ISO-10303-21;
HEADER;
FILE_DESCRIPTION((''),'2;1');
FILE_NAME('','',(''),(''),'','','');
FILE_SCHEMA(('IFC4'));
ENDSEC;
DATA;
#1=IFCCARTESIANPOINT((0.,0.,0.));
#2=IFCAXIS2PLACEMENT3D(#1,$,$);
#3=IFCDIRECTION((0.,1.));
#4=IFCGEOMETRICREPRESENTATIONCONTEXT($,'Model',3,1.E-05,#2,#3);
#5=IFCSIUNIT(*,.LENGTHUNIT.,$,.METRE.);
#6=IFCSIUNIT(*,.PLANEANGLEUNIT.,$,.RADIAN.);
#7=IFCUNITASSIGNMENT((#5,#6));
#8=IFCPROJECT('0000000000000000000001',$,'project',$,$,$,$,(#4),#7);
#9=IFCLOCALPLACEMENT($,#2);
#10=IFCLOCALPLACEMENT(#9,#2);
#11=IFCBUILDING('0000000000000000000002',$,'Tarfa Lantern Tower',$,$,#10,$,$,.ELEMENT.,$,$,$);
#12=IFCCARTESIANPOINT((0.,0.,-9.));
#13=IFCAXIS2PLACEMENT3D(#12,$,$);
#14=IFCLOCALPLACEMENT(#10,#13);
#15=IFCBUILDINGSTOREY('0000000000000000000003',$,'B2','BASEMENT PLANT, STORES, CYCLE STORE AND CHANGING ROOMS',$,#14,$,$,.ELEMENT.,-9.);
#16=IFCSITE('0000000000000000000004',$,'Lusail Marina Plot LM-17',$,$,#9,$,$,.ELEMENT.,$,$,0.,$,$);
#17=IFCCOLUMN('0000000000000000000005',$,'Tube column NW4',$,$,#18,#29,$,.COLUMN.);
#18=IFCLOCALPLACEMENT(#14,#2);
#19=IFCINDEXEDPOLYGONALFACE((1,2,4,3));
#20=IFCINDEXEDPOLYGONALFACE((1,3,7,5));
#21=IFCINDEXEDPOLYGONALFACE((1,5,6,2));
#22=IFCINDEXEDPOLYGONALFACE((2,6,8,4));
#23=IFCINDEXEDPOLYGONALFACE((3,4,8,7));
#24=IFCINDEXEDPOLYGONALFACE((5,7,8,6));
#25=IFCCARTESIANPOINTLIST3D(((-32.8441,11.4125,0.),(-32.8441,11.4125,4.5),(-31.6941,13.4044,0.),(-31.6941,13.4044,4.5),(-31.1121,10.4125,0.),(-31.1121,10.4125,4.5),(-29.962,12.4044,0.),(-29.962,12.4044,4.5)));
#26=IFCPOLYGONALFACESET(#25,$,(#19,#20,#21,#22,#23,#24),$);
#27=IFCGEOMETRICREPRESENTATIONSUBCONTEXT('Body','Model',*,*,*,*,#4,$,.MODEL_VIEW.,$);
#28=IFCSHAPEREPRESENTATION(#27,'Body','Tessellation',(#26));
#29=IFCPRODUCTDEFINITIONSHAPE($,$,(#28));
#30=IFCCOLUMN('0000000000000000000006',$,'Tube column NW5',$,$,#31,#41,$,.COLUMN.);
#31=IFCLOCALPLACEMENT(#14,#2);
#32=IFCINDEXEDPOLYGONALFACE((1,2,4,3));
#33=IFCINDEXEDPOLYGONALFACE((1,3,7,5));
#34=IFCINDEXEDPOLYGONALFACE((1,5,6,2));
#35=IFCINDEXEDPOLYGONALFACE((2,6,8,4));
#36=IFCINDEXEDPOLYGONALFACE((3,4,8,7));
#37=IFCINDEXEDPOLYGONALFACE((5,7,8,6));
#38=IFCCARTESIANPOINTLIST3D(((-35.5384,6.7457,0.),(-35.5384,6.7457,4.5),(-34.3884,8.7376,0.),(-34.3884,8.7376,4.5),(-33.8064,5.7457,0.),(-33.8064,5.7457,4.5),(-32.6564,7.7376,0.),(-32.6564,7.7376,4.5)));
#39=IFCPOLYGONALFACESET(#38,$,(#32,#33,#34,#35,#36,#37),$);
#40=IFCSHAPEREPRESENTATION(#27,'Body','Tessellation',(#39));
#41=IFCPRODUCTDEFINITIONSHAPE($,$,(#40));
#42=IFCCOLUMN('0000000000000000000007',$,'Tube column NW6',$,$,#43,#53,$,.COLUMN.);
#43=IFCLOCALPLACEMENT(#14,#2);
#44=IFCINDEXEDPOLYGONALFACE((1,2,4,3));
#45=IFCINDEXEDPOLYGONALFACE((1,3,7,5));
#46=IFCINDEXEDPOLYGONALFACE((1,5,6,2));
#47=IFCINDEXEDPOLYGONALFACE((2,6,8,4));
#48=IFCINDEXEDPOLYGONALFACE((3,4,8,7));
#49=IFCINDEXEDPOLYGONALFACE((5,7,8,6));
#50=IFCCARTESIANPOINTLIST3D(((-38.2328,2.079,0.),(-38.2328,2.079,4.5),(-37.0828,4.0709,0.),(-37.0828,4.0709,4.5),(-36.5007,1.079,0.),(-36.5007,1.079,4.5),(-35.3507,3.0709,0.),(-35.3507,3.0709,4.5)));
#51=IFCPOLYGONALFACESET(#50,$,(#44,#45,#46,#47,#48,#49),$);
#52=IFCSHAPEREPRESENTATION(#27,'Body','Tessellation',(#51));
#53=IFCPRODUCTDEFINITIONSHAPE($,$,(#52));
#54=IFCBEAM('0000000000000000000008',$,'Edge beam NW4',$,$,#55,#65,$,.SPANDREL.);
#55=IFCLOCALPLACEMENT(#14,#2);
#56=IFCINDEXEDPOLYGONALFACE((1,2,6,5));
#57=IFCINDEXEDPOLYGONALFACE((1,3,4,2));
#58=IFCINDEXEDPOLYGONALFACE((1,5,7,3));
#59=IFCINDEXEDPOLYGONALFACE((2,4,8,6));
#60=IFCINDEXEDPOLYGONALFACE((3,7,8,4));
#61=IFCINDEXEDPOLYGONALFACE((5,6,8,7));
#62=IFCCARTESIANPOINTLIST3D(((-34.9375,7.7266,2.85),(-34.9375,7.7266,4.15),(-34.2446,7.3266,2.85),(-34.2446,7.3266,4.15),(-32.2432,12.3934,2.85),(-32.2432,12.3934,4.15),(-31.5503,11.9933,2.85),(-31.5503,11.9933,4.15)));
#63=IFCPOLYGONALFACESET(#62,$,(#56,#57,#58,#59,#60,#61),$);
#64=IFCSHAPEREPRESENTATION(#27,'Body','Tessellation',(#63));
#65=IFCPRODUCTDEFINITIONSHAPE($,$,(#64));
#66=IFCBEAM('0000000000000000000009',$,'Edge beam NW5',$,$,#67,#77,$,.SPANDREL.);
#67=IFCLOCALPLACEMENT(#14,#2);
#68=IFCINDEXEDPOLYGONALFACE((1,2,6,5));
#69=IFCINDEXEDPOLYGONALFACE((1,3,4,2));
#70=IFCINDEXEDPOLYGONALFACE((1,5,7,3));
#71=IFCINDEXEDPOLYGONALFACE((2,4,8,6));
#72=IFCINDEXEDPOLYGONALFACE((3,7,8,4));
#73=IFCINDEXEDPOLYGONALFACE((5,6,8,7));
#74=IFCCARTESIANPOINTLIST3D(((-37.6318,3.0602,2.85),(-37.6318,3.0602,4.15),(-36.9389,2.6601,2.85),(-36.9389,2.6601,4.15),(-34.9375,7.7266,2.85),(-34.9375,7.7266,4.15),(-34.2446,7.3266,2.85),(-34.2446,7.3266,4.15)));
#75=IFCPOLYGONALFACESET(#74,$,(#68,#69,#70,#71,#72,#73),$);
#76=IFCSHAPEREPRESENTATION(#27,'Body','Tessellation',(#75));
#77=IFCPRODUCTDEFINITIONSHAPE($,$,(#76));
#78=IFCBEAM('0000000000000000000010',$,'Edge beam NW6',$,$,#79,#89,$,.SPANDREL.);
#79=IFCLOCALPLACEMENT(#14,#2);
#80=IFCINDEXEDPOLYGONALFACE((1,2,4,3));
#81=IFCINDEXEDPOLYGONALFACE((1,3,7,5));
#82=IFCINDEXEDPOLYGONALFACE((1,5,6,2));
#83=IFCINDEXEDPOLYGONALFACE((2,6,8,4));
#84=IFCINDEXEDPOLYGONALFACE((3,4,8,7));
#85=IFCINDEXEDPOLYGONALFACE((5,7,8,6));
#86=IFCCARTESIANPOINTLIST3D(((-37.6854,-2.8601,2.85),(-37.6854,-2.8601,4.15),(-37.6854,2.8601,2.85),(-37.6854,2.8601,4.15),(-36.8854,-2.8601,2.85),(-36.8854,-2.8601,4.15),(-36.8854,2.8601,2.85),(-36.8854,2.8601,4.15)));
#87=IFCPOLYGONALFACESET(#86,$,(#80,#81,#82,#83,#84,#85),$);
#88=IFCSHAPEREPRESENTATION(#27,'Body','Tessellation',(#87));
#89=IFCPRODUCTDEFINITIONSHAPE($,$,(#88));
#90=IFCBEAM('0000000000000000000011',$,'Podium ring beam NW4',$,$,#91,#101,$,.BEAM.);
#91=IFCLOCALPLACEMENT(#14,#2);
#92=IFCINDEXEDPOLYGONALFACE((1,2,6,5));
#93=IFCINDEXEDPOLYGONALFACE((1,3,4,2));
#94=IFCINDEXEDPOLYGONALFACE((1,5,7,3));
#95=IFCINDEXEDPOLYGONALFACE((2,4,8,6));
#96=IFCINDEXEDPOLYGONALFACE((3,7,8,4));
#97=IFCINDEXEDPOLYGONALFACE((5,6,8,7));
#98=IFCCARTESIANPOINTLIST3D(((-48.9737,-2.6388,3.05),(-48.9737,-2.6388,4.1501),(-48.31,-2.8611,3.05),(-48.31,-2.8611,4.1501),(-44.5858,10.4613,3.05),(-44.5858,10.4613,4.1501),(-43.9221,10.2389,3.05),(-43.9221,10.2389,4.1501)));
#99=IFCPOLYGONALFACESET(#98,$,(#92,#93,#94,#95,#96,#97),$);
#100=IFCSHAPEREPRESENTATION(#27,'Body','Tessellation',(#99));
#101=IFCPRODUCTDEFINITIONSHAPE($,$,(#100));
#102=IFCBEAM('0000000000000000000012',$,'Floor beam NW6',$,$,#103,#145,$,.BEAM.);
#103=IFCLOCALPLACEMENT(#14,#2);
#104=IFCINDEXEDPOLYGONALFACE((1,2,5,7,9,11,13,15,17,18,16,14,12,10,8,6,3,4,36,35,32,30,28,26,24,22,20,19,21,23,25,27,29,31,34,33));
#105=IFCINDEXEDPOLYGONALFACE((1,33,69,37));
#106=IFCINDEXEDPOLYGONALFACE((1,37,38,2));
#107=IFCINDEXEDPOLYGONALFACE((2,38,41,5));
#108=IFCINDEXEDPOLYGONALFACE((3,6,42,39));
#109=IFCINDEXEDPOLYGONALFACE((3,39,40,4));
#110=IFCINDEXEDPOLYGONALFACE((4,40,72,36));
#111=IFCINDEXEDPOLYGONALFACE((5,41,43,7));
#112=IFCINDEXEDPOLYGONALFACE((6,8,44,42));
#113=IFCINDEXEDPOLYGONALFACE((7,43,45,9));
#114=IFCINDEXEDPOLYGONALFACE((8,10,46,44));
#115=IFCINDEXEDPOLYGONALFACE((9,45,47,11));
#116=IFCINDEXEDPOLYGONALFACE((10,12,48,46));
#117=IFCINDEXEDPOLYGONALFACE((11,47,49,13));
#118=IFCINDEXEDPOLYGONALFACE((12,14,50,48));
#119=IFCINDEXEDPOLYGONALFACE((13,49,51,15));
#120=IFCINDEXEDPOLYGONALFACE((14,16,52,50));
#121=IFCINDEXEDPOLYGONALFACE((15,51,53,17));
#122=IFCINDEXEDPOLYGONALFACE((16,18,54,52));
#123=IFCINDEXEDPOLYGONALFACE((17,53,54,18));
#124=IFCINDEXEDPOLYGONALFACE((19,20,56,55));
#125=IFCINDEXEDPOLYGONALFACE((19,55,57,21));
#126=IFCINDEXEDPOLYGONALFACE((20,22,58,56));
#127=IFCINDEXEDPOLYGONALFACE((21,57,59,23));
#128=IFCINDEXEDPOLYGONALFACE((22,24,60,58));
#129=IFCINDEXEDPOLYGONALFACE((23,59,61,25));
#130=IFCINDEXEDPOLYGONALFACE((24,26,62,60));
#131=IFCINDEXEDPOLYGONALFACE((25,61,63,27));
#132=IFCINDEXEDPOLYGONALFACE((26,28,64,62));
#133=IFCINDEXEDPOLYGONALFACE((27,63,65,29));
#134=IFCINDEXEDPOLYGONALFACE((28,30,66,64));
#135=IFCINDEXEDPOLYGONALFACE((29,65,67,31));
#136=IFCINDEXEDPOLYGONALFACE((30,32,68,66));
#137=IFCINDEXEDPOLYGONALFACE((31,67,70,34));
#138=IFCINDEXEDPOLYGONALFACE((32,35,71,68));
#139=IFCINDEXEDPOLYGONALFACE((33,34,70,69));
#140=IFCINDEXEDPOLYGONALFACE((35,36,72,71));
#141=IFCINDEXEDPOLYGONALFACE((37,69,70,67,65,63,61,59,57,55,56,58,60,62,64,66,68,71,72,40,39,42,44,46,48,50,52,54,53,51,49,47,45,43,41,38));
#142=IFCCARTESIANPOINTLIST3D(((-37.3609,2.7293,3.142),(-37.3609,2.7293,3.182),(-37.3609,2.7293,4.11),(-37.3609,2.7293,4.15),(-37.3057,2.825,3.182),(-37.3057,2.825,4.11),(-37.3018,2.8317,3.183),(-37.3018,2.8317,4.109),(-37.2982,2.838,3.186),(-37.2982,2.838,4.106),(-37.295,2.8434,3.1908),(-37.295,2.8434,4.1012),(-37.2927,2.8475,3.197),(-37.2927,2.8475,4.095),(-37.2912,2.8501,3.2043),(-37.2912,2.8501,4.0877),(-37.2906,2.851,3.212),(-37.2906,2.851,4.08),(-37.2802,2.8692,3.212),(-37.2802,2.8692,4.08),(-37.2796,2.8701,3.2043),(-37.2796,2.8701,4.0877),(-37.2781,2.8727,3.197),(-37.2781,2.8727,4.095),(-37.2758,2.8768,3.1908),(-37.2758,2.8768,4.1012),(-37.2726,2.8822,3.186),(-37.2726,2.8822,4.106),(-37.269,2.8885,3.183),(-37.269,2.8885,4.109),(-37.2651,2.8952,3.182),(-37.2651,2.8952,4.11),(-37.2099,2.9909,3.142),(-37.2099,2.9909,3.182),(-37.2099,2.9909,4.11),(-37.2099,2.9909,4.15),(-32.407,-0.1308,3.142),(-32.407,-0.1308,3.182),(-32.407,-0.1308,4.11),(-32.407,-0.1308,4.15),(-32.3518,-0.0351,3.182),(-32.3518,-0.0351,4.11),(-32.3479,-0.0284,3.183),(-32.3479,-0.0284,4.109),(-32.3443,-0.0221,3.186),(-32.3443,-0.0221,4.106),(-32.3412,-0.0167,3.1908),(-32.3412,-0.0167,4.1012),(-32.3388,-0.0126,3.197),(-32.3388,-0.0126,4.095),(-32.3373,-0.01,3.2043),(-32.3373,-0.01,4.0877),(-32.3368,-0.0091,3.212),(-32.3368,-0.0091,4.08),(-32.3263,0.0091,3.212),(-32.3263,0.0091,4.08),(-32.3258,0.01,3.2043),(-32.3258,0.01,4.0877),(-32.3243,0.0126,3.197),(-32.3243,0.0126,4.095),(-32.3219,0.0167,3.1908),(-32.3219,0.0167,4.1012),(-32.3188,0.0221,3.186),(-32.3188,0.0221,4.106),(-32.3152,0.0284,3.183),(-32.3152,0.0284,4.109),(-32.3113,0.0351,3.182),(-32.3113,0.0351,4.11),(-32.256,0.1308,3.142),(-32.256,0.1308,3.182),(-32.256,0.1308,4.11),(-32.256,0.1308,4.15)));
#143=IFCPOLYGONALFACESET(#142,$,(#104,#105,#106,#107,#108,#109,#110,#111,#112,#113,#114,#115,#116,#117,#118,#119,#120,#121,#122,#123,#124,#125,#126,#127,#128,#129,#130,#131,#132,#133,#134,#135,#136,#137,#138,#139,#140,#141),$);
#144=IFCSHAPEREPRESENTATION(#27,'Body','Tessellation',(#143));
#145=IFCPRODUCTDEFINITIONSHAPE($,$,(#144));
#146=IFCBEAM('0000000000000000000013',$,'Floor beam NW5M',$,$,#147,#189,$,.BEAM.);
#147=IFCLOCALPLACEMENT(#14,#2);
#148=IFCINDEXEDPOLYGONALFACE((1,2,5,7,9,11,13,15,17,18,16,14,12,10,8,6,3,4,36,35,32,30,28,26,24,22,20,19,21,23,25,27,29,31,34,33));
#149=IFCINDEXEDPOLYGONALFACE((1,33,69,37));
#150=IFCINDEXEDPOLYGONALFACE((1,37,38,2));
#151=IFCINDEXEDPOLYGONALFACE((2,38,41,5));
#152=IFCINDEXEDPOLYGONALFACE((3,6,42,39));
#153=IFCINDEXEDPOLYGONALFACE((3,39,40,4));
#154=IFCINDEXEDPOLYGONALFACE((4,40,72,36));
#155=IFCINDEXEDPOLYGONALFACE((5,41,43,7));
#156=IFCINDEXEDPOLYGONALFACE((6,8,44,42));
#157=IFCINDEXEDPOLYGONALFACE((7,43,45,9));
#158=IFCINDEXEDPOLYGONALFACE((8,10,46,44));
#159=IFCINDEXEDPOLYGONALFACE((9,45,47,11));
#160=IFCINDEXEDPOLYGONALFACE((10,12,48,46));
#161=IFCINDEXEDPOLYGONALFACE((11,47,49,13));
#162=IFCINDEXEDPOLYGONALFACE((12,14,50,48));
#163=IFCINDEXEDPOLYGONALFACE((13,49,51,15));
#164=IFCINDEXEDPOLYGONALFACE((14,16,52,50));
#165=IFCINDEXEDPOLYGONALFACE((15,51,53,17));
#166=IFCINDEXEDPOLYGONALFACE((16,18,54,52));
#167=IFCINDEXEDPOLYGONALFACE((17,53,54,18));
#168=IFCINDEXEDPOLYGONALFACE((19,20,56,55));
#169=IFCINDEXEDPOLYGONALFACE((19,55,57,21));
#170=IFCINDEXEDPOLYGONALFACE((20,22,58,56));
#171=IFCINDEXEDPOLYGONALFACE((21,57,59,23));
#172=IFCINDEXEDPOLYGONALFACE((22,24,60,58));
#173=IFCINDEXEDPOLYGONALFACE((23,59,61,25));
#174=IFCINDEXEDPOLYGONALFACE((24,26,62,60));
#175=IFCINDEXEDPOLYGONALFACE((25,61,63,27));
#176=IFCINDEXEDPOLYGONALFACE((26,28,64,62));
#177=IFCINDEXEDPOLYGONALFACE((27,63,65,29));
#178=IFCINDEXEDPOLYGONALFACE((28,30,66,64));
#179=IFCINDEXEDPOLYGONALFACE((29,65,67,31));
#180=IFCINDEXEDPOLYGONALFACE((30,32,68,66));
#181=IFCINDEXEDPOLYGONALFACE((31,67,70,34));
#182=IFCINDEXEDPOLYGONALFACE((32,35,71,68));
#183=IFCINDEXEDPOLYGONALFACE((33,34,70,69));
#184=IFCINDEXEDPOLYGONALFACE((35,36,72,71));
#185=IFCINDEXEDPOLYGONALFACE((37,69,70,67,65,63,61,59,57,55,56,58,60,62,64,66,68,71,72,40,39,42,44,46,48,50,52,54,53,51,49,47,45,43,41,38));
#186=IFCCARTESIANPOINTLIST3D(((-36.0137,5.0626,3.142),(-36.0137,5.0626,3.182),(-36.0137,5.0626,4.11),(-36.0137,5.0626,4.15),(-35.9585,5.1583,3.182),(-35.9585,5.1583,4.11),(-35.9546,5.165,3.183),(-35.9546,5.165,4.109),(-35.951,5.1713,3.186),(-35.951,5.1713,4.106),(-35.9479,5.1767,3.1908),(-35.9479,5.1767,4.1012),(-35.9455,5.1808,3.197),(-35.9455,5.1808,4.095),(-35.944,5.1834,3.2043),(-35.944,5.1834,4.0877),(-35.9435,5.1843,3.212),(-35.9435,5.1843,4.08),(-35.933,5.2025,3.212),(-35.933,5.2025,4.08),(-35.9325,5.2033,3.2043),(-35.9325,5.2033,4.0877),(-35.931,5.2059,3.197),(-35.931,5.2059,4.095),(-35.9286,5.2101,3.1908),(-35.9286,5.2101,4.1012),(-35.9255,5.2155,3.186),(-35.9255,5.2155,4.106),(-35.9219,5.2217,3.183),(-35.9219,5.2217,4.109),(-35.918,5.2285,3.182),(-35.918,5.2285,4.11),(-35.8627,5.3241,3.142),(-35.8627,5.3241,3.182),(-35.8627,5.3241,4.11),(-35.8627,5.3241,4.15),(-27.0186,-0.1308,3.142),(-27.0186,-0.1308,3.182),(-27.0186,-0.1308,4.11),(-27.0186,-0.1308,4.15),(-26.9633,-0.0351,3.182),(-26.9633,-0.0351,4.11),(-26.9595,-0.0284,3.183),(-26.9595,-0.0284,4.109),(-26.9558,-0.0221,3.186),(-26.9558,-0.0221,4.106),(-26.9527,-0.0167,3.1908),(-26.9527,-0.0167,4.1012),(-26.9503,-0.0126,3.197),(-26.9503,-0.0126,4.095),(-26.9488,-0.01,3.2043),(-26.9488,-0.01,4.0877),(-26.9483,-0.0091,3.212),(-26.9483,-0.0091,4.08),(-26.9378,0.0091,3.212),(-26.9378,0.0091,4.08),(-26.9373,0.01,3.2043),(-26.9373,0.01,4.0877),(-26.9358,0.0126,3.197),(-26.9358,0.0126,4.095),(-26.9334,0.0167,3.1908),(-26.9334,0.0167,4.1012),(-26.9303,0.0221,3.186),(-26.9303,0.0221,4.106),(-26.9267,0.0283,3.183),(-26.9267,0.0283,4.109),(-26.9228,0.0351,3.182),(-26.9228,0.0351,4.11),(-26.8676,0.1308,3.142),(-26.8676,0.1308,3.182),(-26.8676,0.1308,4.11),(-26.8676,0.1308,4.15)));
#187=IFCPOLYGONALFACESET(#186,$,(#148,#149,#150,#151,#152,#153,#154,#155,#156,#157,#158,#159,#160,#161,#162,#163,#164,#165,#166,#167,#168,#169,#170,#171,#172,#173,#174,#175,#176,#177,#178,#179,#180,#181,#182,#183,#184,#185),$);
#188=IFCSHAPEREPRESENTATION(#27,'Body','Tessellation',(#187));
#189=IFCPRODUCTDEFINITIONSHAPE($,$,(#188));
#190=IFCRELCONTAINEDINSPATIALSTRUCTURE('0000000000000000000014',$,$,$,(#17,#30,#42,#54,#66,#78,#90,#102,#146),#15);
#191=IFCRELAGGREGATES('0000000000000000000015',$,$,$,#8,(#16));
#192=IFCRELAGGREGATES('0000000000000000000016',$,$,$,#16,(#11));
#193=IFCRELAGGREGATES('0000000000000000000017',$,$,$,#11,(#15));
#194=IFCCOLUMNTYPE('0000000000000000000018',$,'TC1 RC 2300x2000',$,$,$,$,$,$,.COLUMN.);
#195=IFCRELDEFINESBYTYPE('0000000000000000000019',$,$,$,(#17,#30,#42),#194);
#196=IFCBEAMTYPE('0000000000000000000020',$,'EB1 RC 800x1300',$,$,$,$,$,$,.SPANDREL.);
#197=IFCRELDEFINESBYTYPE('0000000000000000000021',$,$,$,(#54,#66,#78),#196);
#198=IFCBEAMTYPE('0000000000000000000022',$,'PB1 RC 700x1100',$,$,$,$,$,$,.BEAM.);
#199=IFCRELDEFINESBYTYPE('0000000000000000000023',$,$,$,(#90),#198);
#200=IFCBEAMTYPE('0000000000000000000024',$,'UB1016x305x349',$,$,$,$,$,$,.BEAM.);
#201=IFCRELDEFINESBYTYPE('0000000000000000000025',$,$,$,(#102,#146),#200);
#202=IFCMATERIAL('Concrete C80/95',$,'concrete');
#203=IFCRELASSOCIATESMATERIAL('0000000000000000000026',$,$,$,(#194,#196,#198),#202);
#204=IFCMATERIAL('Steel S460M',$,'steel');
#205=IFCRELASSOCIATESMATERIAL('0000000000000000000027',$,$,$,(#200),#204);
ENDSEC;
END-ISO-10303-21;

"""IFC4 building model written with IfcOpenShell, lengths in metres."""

from ifc_helpers import new_model, si_unit, direction, frame, origin, origin_2d, place, context, subcontext, project, spatial, rectangle, i_section, extrude, material, material_profile, profile_set, type_object, element, save


model = new_model("IFC4")

# Units and contexts
model_context = context("Model", 3, precision=1e-05, world=origin(), true_north=direction((0.0, 1.0)))
body_context = subcontext(model_context, "Body", "Model", "MODEL_VIEW")
ifc_project = project(units=[si_unit("LENGTHUNIT", "METRE"), si_unit("PLANEANGLEUNIT", "RADIAN")], contexts=[model_context])

# Site, building, storey
site_placement = place(None, origin())
site = spatial("IfcSite", under=ifc_project, at=site_placement, Name="Lusail Marina Plot LM-17", CompositionType="ELEMENT", RefElevation=0.0)
building_placement = place(site_placement, origin())
building = spatial("IfcBuilding", under=site, at=building_placement, Name="Tarfa Lantern Tower", CompositionType="ELEMENT")
storey_placement = place(building_placement, frame((0.0, 0.0, -9.0)))
storey = spatial("IfcBuildingStorey", under=building, at=storey_placement, Name="B2", Description="BASEMENT PLANT, STORES, CYCLE STORE AND CHANGING ROOMS", CompositionType="ELEMENT", Elevation=-9.0)

# Columns
ifc_material_1 = material(Name="Concrete C80/95", Category="concrete")
ifc_material_profile_1 = material_profile(ifc_material_1, rectangle(XDim=2.3, YDim=2.0, at=origin_2d()), Name="RC 2300x2000")
ifc_profile_set_1 = profile_set([ifc_material_profile_1], Name="Concrete C80/95")
column_type_1 = type_object("IfcColumnType", Name="TC1 RC 2300x2000", PredefinedType="COLUMN", material=ifc_profile_set_1)
for number, where, z_axis, x_axis, name in (
    (1, (-31.4031, 11.9084, 0.0), (0.0, 0.0, 1.0), (-0.5, -0.866025, 0.0), "Tube column NW4"),
    (2, (-34.0974, 7.2417, 0.0), (0.0, 0.0, 1.0), (-0.5, -0.866025, 0.0), "Tube column NW5"),
    (3, (-36.7917, 2.575, 0.0), (0.0, 0.0, 1.0), (-0.5, -0.866025, 0.0), "Tube column NW6"),
):
    element("IfcColumn", number, at=place(storey_placement, frame(where, z_axis=z_axis, x_axis=x_axis)), inside=storey, type_object=column_type_1, Name=name, PredefinedType="COLUMN", context=body_context, shape_type="SweptSolid", body=[
        extrude(rectangle(XDim=2.3, YDim=2.0, at=origin_2d()), origin(), (0.0, 0.0, 1.0), 4.5),
    ])

# Beams
ifc_material_profile_2 = material_profile(ifc_material_1, rectangle(XDim=0.8, YDim=1.3, at=origin_2d()), Name="RC 800x1300")
ifc_profile_set_2 = profile_set([ifc_material_profile_2], Name="Concrete C80/95")
beam_type_1 = type_object("IfcBeamType", Name="EB1 RC 800x1300", PredefinedType="SPANDREL", material=ifc_profile_set_2)
beam_1_placement = place(storey_placement, frame((-31.8967, 12.1934, 3.5), z_axis=(-0.499998, -0.866026, 0.0), x_axis=(0.866026, -0.499998, 0.0)))
element("IfcBeam", 4, at=beam_1_placement, inside=storey, type_object=beam_type_1, Name="Edge beam NW4", PredefinedType="SPANDREL", context=body_context, shape_type="SweptSolid", body=[
    extrude(rectangle(XDim=0.8, YDim=1.3, at=origin_2d()), origin(), (0.0, 0.0, 1.0), 5.3887),
])
beam_2_placement = place(storey_placement, frame((-34.5911, 7.5266, 3.5), z_axis=(-0.500018, -0.866015, 0.0), x_axis=(0.866015, -0.500018, 0.0)))
element("IfcBeam", 5, at=beam_2_placement, inside=storey, type_object=beam_type_1, Name="Edge beam NW5", PredefinedType="SPANDREL", context=body_context, shape_type="SweptSolid", body=[
    extrude(rectangle(XDim=0.8, YDim=1.3, at=origin_2d()), origin(), (0.0, 0.0, 1.0), 5.3884),
])
beam_3_placement = place(storey_placement, frame((-37.2854, 2.8601, 3.5), z_axis=(0.0, -1.0, 0.0), x_axis=(1.0, 0.0, 0.0)))
element("IfcBeam", 6, at=beam_3_placement, inside=storey, type_object=beam_type_1, Name="Edge beam NW6", PredefinedType="SPANDREL", context=body_context, shape_type="SweptSolid", body=[
    extrude(rectangle(XDim=0.8, YDim=1.3, at=origin_2d()), origin(), (0.0, 0.0, 1.0), 5.7202),
])
ifc_material_profile_3 = material_profile(ifc_material_1, rectangle(XDim=0.7, YDim=1.1001, at=origin_2d()), Name="RC 700x1100")
ifc_profile_set_3 = profile_set([ifc_material_profile_3], Name="Concrete C80/95")
beam_type_2 = type_object("IfcBeamType", Name="PB1 RC 700x1100", PredefinedType="BEAM", material=ifc_profile_set_3)
beam_4_placement = place(storey_placement, frame((-44.2539, 10.3501, 3.6001), z_axis=(-0.317611, -0.948221, 0.0), x_axis=(0.948221, -0.317611, 0.0)))
element("IfcBeam", 7, at=beam_4_placement, inside=storey, type_object=beam_type_2, Name="Podium ring beam NW4", PredefinedType="BEAM", context=body_context, shape_type="SweptSolid", body=[
    extrude(rectangle(XDim=0.7, YDim=1.1001, at=origin_2d()), origin(), (0.0, 0.0, 1.0), 13.8154),
])
ifc_material_2 = material(Name="Steel S460M", Category="steel")
ifc_material_profile_4 = material_profile(ifc_material_2, i_section(OverallWidth=0.302, OverallDepth=1.0081, WebThickness=0.021, FlangeThickness=0.04, FilletRadius=0.03, at=origin_2d()), Name="UB1016x305x349")
ifc_profile_set_4 = profile_set([ifc_material_profile_4], Name="Steel S460M")
beam_type_3 = type_object("IfcBeamType", Name="UB1016x305x349", PredefinedType="BEAM", material=ifc_profile_set_4)
beam_5_placement = place(storey_placement, frame((-37.2854, 2.8601, 3.646), z_axis=(0.866026, -0.5, 0.0), x_axis=(0.5, 0.866026, 0.0)))
element("IfcBeam", 8, at=beam_5_placement, inside=storey, type_object=beam_type_3, Name="Floor beam NW6", PredefinedType="BEAM", context=body_context, shape_type="SweptSolid", body=[
    extrude(i_section(OverallWidth=0.302, OverallDepth=1.0081, WebThickness=0.021, FlangeThickness=0.04, FilletRadius=0.03, at=origin_2d()), origin(), (0.0, 0.0, 1.0), 5.7202),
])
beam_6_placement = place(storey_placement, frame((-35.9382, 5.1934, 3.646), z_axis=(0.866024, -0.500002, 0.0), x_axis=(0.500002, 0.866024, 0.0)))
element("IfcBeam", 9, at=beam_6_placement, inside=storey, type_object=beam_type_3, Name="Floor beam NW5M", PredefinedType="BEAM", context=body_context, shape_type="SweptSolid", body=[
    extrude(i_section(OverallWidth=0.302, OverallDepth=1.0081, WebThickness=0.021, FlangeThickness=0.04, FilletRadius=0.03, at=origin_2d()), origin(), (0.0, 0.0, 1.0), 10.3867),
])

save(model, "model.ifc")
